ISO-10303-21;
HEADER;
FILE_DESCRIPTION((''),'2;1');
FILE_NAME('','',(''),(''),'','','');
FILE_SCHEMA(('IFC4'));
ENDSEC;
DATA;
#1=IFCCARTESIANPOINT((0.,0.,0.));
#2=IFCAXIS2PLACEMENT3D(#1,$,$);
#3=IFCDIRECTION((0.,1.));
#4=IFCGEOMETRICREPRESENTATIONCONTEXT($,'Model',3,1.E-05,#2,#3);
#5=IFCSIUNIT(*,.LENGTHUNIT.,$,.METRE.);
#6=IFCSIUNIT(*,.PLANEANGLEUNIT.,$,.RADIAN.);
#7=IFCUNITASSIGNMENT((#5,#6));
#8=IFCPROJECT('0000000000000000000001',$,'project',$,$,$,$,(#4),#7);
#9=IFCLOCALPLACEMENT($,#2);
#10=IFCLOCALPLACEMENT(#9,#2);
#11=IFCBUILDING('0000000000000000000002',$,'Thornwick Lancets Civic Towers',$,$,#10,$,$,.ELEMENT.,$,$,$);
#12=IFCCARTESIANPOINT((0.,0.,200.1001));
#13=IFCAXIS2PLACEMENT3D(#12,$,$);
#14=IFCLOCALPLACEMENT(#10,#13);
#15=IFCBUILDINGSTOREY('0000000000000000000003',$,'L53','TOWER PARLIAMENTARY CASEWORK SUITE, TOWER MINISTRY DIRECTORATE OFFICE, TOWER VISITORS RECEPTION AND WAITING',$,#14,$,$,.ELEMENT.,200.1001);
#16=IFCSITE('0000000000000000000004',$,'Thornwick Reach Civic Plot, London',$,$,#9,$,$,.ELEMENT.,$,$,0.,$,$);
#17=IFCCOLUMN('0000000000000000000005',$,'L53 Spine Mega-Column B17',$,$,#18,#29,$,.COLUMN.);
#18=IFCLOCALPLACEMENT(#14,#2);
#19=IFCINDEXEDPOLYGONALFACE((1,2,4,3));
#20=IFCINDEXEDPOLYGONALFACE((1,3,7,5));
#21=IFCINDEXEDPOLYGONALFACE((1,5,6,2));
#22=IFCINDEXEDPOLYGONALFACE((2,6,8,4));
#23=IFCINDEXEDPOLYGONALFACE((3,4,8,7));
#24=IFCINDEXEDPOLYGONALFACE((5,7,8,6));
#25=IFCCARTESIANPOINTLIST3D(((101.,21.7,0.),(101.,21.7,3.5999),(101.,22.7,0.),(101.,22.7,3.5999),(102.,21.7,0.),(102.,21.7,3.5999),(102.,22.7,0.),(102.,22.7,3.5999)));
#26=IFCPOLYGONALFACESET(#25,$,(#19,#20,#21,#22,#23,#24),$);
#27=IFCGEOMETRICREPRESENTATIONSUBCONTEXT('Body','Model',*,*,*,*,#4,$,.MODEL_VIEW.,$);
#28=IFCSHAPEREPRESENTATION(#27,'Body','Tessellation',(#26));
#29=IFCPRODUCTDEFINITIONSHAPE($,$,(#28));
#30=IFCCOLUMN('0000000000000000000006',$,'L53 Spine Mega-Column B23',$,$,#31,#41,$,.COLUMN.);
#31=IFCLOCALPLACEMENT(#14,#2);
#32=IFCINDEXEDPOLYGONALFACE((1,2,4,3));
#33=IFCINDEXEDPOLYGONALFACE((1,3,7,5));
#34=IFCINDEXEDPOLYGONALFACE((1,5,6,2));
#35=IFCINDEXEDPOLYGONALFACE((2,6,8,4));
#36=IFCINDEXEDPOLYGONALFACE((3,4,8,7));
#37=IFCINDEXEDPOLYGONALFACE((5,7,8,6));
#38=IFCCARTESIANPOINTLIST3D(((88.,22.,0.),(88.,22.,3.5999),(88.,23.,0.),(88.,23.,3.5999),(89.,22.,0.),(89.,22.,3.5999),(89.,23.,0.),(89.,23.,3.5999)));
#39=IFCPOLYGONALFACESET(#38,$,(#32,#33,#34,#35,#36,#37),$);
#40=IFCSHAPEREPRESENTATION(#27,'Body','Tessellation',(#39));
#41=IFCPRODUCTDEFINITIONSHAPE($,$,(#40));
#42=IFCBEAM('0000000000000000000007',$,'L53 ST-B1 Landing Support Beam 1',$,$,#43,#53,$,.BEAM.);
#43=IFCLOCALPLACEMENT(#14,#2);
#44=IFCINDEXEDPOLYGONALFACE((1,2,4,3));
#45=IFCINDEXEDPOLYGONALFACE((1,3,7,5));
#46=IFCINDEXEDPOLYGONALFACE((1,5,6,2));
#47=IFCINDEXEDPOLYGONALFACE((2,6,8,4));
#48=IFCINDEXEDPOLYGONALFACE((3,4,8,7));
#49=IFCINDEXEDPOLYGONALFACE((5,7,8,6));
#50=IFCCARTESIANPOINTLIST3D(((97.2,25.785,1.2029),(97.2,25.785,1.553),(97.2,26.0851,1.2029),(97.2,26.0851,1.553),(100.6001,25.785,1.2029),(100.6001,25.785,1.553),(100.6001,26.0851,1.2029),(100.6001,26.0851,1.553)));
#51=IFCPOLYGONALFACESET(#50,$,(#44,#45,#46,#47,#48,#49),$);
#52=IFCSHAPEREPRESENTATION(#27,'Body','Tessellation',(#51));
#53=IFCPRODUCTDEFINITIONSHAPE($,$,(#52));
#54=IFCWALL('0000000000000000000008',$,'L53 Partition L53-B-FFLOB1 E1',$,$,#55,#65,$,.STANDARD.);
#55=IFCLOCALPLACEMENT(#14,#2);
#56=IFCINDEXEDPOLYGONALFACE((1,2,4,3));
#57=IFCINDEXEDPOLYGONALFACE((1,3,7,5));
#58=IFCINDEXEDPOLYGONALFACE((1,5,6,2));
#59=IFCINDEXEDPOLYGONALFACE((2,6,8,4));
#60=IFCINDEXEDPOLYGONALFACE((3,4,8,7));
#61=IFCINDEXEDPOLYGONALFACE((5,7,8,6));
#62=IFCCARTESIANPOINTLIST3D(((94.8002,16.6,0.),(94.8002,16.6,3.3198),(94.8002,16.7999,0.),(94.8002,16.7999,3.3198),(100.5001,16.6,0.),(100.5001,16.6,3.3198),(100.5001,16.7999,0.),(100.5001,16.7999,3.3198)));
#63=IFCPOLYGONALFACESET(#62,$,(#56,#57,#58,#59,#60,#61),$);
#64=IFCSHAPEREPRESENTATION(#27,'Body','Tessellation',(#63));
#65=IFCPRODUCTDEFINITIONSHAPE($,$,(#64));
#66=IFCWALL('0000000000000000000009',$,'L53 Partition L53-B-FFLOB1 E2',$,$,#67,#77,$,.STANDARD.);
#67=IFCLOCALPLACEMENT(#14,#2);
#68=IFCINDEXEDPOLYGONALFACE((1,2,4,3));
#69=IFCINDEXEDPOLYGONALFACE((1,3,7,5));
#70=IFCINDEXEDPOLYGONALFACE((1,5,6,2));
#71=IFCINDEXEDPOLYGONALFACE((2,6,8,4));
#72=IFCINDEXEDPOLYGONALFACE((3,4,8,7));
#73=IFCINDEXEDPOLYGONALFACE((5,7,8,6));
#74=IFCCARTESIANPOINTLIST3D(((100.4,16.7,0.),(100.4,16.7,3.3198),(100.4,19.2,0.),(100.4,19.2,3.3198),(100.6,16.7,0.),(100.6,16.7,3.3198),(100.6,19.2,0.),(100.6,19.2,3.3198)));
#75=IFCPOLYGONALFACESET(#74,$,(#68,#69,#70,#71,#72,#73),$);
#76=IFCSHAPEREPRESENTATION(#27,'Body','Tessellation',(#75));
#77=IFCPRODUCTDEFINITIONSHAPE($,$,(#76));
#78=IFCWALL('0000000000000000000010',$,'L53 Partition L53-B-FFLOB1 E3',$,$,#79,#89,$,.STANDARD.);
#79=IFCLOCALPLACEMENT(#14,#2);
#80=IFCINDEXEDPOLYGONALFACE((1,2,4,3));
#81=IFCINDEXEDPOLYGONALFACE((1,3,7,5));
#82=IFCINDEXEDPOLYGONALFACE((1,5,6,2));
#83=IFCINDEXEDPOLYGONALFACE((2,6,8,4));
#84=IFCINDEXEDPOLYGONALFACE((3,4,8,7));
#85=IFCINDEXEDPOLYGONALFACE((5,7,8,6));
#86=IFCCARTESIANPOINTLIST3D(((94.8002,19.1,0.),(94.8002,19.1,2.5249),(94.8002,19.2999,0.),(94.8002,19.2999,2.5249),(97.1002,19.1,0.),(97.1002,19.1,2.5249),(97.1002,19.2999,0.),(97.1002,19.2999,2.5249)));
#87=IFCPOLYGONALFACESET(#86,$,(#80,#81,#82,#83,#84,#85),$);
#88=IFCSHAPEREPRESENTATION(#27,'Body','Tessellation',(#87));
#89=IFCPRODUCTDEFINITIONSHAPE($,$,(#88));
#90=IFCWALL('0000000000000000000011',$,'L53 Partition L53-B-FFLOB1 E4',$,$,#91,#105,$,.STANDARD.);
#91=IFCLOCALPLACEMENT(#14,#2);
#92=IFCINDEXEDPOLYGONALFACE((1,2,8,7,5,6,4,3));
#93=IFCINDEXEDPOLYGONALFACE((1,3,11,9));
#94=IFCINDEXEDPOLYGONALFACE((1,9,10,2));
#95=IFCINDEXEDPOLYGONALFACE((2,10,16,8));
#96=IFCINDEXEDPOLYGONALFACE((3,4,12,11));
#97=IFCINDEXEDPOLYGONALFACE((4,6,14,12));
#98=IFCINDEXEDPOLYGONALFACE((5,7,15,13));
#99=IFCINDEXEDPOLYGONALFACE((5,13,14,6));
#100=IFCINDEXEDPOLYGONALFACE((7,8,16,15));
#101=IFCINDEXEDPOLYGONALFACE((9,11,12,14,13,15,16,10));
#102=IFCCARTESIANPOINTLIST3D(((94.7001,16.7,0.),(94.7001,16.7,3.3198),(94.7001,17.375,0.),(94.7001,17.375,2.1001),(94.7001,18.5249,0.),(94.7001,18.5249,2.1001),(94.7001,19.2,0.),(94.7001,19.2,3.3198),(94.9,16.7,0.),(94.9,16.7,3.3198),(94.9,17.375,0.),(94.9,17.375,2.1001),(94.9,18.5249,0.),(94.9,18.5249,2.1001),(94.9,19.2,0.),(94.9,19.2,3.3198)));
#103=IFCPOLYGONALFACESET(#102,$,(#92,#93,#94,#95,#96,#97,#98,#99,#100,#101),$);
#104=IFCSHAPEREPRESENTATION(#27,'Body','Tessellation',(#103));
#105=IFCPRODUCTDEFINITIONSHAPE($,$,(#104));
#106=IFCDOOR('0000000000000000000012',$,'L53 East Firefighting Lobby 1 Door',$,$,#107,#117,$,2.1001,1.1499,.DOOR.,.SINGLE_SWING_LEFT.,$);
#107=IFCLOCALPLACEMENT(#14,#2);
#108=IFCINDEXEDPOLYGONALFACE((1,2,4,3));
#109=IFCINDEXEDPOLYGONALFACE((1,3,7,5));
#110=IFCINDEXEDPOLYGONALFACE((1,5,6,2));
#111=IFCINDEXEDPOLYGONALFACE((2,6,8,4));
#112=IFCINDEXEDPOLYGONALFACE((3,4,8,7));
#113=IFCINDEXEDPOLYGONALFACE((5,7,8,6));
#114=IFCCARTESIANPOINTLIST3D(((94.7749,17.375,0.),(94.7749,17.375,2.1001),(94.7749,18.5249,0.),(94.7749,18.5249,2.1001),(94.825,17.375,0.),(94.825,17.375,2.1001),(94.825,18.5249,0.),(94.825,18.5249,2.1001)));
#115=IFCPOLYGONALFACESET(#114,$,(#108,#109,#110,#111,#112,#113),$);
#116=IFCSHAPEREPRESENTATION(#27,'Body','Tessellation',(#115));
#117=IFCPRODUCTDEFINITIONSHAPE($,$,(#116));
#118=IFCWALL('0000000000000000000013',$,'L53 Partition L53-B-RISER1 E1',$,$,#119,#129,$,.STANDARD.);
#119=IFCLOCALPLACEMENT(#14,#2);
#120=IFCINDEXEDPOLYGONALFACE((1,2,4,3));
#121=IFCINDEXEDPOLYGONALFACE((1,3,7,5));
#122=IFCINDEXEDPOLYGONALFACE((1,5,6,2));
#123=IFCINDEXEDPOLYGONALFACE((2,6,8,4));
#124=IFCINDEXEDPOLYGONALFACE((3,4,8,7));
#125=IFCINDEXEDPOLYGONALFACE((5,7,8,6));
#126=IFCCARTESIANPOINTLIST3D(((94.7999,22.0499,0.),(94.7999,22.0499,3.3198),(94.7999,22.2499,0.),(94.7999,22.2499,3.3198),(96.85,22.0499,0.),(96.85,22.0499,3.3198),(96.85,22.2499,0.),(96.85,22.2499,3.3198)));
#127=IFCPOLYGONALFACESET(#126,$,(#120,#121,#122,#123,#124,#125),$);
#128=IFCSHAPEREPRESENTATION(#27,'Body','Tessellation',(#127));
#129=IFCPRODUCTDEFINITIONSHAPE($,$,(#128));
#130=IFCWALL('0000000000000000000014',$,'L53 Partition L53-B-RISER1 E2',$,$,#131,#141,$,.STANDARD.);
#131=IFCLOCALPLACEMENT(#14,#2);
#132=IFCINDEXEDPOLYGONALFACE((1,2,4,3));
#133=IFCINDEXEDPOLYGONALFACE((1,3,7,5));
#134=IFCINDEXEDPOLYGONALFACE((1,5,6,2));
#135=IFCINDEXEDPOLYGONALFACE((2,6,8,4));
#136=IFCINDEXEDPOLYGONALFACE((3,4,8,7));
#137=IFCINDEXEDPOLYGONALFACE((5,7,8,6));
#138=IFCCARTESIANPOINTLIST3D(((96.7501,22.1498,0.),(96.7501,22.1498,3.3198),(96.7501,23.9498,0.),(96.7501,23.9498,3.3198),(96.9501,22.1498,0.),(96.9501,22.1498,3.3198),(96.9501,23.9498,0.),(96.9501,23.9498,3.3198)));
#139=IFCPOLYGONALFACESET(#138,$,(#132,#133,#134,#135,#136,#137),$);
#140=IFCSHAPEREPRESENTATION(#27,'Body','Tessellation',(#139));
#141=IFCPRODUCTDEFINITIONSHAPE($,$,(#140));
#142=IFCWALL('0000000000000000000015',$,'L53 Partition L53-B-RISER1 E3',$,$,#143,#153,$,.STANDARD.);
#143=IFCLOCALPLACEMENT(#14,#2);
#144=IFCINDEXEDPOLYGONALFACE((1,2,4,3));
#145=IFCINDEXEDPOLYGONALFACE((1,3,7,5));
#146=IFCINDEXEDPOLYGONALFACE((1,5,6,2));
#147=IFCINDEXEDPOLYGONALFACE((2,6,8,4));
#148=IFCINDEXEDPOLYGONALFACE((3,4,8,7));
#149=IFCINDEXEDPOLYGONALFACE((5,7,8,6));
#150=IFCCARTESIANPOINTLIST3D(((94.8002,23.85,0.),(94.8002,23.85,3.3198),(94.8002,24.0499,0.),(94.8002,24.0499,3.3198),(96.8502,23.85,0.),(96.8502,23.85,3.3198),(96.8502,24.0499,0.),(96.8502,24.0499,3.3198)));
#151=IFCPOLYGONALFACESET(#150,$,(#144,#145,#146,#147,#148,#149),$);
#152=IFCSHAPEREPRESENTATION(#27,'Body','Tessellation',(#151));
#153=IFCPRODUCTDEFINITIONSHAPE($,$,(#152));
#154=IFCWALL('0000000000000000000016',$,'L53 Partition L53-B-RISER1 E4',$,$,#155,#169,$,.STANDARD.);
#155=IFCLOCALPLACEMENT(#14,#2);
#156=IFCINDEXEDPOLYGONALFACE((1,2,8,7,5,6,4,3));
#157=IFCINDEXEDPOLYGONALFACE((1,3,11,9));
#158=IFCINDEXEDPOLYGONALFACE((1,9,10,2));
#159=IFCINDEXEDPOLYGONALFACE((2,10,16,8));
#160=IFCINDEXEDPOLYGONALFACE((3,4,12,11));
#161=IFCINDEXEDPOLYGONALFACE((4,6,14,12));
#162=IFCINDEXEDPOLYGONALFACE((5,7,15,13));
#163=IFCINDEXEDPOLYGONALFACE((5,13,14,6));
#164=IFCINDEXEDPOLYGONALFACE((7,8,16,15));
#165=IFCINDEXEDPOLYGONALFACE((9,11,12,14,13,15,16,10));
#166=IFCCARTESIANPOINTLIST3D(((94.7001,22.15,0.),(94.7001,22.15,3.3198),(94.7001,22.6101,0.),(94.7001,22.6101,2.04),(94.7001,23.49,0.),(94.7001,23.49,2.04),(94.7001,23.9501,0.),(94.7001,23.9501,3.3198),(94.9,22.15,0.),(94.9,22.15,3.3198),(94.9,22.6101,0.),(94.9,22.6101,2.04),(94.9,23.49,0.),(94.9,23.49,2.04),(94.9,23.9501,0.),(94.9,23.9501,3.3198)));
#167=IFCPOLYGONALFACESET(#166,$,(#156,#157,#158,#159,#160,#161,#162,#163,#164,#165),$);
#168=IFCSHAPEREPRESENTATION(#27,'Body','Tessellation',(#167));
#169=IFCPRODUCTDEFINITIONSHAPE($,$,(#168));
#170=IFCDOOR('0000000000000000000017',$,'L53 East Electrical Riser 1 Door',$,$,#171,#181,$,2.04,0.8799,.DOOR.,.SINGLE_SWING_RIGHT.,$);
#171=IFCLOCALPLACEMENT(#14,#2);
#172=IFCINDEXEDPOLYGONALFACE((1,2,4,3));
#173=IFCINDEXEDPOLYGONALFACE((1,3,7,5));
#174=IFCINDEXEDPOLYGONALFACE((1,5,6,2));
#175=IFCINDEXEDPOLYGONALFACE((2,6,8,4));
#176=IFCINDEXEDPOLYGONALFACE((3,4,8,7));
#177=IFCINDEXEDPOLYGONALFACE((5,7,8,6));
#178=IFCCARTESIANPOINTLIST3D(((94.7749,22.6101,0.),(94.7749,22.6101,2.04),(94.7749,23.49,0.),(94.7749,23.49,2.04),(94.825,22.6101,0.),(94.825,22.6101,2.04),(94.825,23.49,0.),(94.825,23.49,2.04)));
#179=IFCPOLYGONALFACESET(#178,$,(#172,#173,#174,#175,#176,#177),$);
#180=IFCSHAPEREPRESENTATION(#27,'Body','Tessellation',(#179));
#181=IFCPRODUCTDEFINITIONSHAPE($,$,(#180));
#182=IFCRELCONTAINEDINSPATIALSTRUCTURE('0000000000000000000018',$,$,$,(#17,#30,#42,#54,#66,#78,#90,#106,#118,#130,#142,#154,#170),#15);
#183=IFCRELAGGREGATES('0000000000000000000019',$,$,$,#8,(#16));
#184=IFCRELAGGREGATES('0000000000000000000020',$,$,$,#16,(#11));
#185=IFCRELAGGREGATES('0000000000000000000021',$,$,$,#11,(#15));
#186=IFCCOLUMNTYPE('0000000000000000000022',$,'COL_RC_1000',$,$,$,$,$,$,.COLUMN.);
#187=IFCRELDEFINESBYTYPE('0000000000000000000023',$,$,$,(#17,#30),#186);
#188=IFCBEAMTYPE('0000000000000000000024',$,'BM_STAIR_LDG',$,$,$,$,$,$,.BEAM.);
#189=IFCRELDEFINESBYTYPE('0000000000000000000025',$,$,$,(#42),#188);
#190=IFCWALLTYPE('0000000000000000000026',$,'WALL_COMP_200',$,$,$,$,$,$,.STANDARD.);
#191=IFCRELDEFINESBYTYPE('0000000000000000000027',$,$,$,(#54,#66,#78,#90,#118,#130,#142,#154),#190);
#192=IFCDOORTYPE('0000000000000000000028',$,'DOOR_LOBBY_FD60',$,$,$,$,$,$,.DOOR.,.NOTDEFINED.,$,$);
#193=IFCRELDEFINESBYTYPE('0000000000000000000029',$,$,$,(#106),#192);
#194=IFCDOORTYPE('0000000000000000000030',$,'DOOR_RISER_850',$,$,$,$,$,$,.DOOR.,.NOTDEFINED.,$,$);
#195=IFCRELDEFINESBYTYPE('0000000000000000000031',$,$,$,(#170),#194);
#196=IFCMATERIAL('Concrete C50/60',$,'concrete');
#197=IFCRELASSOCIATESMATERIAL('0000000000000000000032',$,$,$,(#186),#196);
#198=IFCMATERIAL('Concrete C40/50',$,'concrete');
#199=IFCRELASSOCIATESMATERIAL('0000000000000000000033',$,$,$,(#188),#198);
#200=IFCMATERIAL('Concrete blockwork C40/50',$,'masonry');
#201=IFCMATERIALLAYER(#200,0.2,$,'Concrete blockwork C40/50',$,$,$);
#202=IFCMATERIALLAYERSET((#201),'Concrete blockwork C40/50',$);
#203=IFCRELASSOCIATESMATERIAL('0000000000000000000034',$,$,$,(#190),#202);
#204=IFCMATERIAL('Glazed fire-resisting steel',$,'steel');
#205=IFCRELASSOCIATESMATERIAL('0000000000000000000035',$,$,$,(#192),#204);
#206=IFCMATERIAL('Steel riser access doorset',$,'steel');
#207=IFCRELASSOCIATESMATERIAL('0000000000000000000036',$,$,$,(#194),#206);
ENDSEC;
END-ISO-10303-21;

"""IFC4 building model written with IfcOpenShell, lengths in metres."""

from ifc_helpers import new_model, si_unit, direction, frame, frame_2d, origin, origin_2d, place, context, subcontext, project, spatial, rectangle, extrude, material, layer, layer_set, material_profile, profile_set, type_object, element, fill, save


model = new_model("IFC4")

# Units and contexts
model_context = context("Model", 3, precision=1e-05, world=origin(), true_north=direction((0.0, 1.0)))
body_context = subcontext(model_context, "Body", "Model", "MODEL_VIEW")
ifc_project = project(units=[si_unit("LENGTHUNIT", "METRE"), si_unit("PLANEANGLEUNIT", "RADIAN")], contexts=[model_context])

# Site, building, storey
site_placement = place(None, origin())
site = spatial("IfcSite", under=ifc_project, at=site_placement, Name="Thornwick Reach Civic Plot, London", CompositionType="ELEMENT", RefElevation=0.0)
building_placement = place(site_placement, origin())
building = spatial("IfcBuilding", under=site, at=building_placement, Name="Thornwick Lancets Civic Towers", CompositionType="ELEMENT")
storey_placement = place(building_placement, frame((0.0, 0.0, 200.1001)))
storey = spatial("IfcBuildingStorey", under=building, at=storey_placement, Name="L53", Description="TOWER PARLIAMENTARY CASEWORK SUITE, TOWER MINISTRY DIRECTORATE OFFICE, TOWER VISITORS RECEPTION AND WAITING", CompositionType="ELEMENT", Elevation=200.1001)

# Columns
ifc_material_1 = material(Name="Concrete C50/60", Category="concrete")
ifc_material_profile_1 = material_profile(ifc_material_1, rectangle(XDim=1.0, YDim=1.0, at=origin_2d()), Name="RC 1000x1000")
ifc_profile_set_1 = profile_set([ifc_material_profile_1], Name="Concrete C50/60")
column_type = type_object("IfcColumnType", Name="COL_RC_1000", PredefinedType="COLUMN", material=ifc_profile_set_1)
for number, where, z_axis, x_axis, name in (
    (1, (101.5, 22.2, 0.0), (0.0, 0.0, 1.0), (1.0, 0.0, 0.0), "L53 Spine Mega-Column B17"),
    (2, (88.5, 22.5, 0.0), (0.0, 0.0, 1.0), (1.0, 0.0, 0.0), "L53 Spine Mega-Column B23"),
):
    element("IfcColumn", number, at=place(storey_placement, frame(where, z_axis=z_axis, x_axis=x_axis)), inside=storey, type_object=column_type, Name=name, PredefinedType="COLUMN", context=body_context, shape_type="SweptSolid", body=[
        extrude(rectangle(XDim=1.0, YDim=1.0, at=origin_2d()), origin(), (0.0, 0.0, 1.0), 3.5999),
    ])

# Beam
ifc_material_2 = material(Name="Concrete C40/50", Category="concrete")
ifc_material_profile_2 = material_profile(ifc_material_2, rectangle(XDim=0.3, YDim=0.3501, at=origin_2d()), Name="RC 300x350")
ifc_profile_set_2 = profile_set([ifc_material_profile_2], Name="Concrete C40/50")
beam_type = type_object("IfcBeamType", Name="BM_STAIR_LDG", PredefinedType="BEAM", material=ifc_profile_set_2)
beam_placement = place(storey_placement, frame((100.6001, 25.9351, 1.3779), z_axis=(-1.0, 0.0, 0.0), x_axis=(0.0, -1.0, 0.0)))
element("IfcBeam", 3, at=beam_placement, inside=storey, type_object=beam_type, Name="L53 ST-B1 Landing Support Beam 1", PredefinedType="BEAM", context=body_context, shape_type="SweptSolid", body=[
    extrude(rectangle(XDim=0.3, YDim=0.3501, at=origin_2d()), origin(), (0.0, 0.0, 1.0), 3.4001),
])

# Walls
ifc_material_3 = material(Name="Concrete blockwork C40/50", Category="masonry")
ifc_layer_1 = layer(ifc_material_3, 0.2, Name="Concrete blockwork C40/50")
ifc_layer_set_1 = layer_set([ifc_layer_1], Name="Concrete blockwork C40/50")
wall_type_1 = type_object("IfcWallType", Name="WALL_COMP_200", PredefinedType="STANDARD", material=ifc_layer_set_1)
wall_1_placement = place(storey_placement, frame((94.8, 16.7, 0.0), z_axis=(0.0, 0.0, 1.0), x_axis=(1.0, 0.0, 0.0)))
element("IfcWall", 4, at=wall_1_placement, inside=storey, type_object=wall_type_1, Name="L53 Partition L53-B-FFLOB1 E1", PredefinedType="STANDARD", context=body_context, shape_type="SweptSolid", body=[
    extrude(rectangle(XDim=5.7, YDim=0.2, at=frame_2d((2.8501, 0.0))), origin(), (0.0, 0.0, 1.0), 3.3198),
])
wall_2_placement = place(storey_placement, frame((100.5, 16.7, 0.0), z_axis=(0.0, 0.0, 1.0), x_axis=(0.0, 1.0, 0.0)))
element("IfcWall", 5, at=wall_2_placement, inside=storey, type_object=wall_type_1, Name="L53 Partition L53-B-FFLOB1 E2", PredefinedType="STANDARD", context=body_context, shape_type="SweptSolid", body=[
    extrude(rectangle(XDim=2.5, YDim=0.2, at=frame_2d((1.25, 0.0))), origin(), (0.0, 0.0, 1.0), 3.3198),
])
wall_3_placement = place(storey_placement, frame((97.1001, 19.2, 0.0), z_axis=(0.0, 0.0, 1.0), x_axis=(-1.0, 0.0, 0.0)))
element("IfcWall", 6, at=wall_3_placement, inside=storey, type_object=wall_type_1, Name="L53 Partition L53-B-FFLOB1 E3", PredefinedType="STANDARD", context=body_context, shape_type="SweptSolid", body=[
    extrude(rectangle(XDim=2.3, YDim=0.2, at=frame_2d((1.1499, 0.0))), origin(), (0.0, 0.0, 1.0), 2.5249),
])

# Wall, opening, door
wall_4_placement = place(storey_placement, frame((94.8, 19.2, 0.0), z_axis=(0.0, 0.0, 1.0), x_axis=(0.0, -1.0, 0.0)))
wall_4 = element("IfcWall", 7, at=wall_4_placement, inside=storey, type_object=wall_type_1, Name="L53 Partition L53-B-FFLOB1 E4", PredefinedType="STANDARD", context=body_context, shape_type="SweptSolid", body=[
    extrude(rectangle(XDim=2.5, YDim=0.2, at=frame_2d((1.25, 0.0))), origin(), (0.0, 0.0, 1.0), 3.3198),
])
opening_1_placement = place(wall_4_placement, frame((0.675, 0.0, 0.0)))
opening_1 = element("IfcOpeningElement", 8, at=opening_1_placement, cuts=wall_4, PredefinedType="OPENING", context=body_context, shape_type="SweptSolid", body=[
    extrude(rectangle(XDim=1.1499, YDim=2.1001, at=frame_2d((0.575, 1.05))), frame((0.0, 0.1099, 0.0), z_axis=(0.0, -1.0, 0.0), x_axis=(1.0, 0.0, 0.0)), (0.0, 0.0, 1.0), 0.22),
])
ifc_material_4 = material(Name="Glazed fire-resisting steel", Category="steel")
door_type_1 = type_object("IfcDoorType", Name="DOOR_LOBBY_FD60", OperationType="NOTDEFINED", PredefinedType="DOOR", material=ifc_material_4)
door_1_placement = place(opening_1_placement, origin())
door_1 = element("IfcDoor", 9, at=door_1_placement, inside=storey, type_object=door_type_1, Name="L53 East Firefighting Lobby 1 Door", OperationType="SINGLE_SWING_LEFT", OverallHeight=2.1001, OverallWidth=1.1499, PredefinedType="DOOR", context=body_context, shape_type="SweptSolid", body=[
    extrude(rectangle(XDim=1.1499, YDim=2.1001, at=frame_2d((0.575, 1.05))), frame((0.0, 0.0249, 0.0), z_axis=(0.0, -1.0, 0.0), x_axis=(1.0, 0.0, 0.0)), (0.0, 0.0, 1.0), 0.05),
])
fill(opening_1, door_1)

# Walls
wall_5_placement = place(storey_placement, frame((94.8, 22.1499, 0.0), z_axis=(0.0, 0.0, 1.0), x_axis=(1.0, 0.0, 0.0)))
element("IfcWall", 10, at=wall_5_placement, inside=storey, type_object=wall_type_1, Name="L53 Partition L53-B-RISER1 E1", PredefinedType="STANDARD", context=body_context, shape_type="SweptSolid", body=[
    extrude(rectangle(XDim=2.05, YDim=0.2, at=frame_2d((1.0249, 0.0))), origin(), (0.0, 0.0, 1.0), 3.3198),
])
wall_6_placement = place(storey_placement, frame((96.8501, 22.1499, 0.0), z_axis=(0.0, 0.0, 1.0), x_axis=(0.0, 1.0, 0.0)))
element("IfcWall", 11, at=wall_6_placement, inside=storey, type_object=wall_type_1, Name="L53 Partition L53-B-RISER1 E2", PredefinedType="STANDARD", context=body_context, shape_type="SweptSolid", body=[
    extrude(rectangle(XDim=1.8, YDim=0.2, at=frame_2d((0.8999, 0.0))), origin(), (0.0, 0.0, 1.0), 3.3198),
])
wall_7_placement = place(storey_placement, frame((96.8501, 23.95, 0.0), z_axis=(0.0, 0.0, 1.0), x_axis=(-1.0, 0.0, 0.0)))
element("IfcWall", 12, at=wall_7_placement, inside=storey, type_object=wall_type_1, Name="L53 Partition L53-B-RISER1 E3", PredefinedType="STANDARD", context=body_context, shape_type="SweptSolid", body=[
    extrude(rectangle(XDim=2.05, YDim=0.2, at=frame_2d((1.0249, 0.0))), origin(), (0.0, 0.0, 1.0), 3.3198),
])

# Wall, opening, door
wall_8_placement = place(storey_placement, frame((94.8, 23.95, 0.0), z_axis=(0.0, 0.0, 1.0), x_axis=(0.0, -1.0, 0.0)))
wall_8 = element("IfcWall", 13, at=wall_8_placement, inside=storey, type_object=wall_type_1, Name="L53 Partition L53-B-RISER1 E4", PredefinedType="STANDARD", context=body_context, shape_type="SweptSolid", body=[
    extrude(rectangle(XDim=1.8, YDim=0.2, at=frame_2d((0.8999, 0.0))), origin(), (0.0, 0.0, 1.0), 3.3198),
])
opening_2_placement = place(wall_8_placement, frame((0.46, 0.0, 0.0)))
opening_2 = element("IfcOpeningElement", 14, at=opening_2_placement, cuts=wall_8, PredefinedType="OPENING", context=body_context, shape_type="SweptSolid", body=[
    extrude(rectangle(XDim=0.8799, YDim=2.04, at=frame_2d((0.4399, 1.02))), frame((0.0, 0.1099, 0.0), z_axis=(0.0, -1.0, 0.0), x_axis=(1.0, 0.0, 0.0)), (0.0, 0.0, 1.0), 0.22),
])
ifc_material_5 = material(Name="Steel riser access doorset", Category="steel")
door_type_2 = type_object("IfcDoorType", Name="DOOR_RISER_850", OperationType="NOTDEFINED", PredefinedType="DOOR", material=ifc_material_5)
door_2_placement = place(opening_2_placement, origin())
door_2 = element("IfcDoor", 15, at=door_2_placement, inside=storey, type_object=door_type_2, Name="L53 East Electrical Riser 1 Door", OperationType="SINGLE_SWING_RIGHT", OverallHeight=2.04, OverallWidth=0.8799, PredefinedType="DOOR", context=body_context, shape_type="SweptSolid", body=[
    extrude(rectangle(XDim=0.8799, YDim=2.04, at=frame_2d((0.4399, 1.02))), frame((0.0, 0.0249, 0.0), z_axis=(0.0, -1.0, 0.0), x_axis=(1.0, 0.0, 0.0)), (0.0, 0.0, 1.0), 0.05),
])
fill(opening_2, door_2)

save(model, "model.ifc")
